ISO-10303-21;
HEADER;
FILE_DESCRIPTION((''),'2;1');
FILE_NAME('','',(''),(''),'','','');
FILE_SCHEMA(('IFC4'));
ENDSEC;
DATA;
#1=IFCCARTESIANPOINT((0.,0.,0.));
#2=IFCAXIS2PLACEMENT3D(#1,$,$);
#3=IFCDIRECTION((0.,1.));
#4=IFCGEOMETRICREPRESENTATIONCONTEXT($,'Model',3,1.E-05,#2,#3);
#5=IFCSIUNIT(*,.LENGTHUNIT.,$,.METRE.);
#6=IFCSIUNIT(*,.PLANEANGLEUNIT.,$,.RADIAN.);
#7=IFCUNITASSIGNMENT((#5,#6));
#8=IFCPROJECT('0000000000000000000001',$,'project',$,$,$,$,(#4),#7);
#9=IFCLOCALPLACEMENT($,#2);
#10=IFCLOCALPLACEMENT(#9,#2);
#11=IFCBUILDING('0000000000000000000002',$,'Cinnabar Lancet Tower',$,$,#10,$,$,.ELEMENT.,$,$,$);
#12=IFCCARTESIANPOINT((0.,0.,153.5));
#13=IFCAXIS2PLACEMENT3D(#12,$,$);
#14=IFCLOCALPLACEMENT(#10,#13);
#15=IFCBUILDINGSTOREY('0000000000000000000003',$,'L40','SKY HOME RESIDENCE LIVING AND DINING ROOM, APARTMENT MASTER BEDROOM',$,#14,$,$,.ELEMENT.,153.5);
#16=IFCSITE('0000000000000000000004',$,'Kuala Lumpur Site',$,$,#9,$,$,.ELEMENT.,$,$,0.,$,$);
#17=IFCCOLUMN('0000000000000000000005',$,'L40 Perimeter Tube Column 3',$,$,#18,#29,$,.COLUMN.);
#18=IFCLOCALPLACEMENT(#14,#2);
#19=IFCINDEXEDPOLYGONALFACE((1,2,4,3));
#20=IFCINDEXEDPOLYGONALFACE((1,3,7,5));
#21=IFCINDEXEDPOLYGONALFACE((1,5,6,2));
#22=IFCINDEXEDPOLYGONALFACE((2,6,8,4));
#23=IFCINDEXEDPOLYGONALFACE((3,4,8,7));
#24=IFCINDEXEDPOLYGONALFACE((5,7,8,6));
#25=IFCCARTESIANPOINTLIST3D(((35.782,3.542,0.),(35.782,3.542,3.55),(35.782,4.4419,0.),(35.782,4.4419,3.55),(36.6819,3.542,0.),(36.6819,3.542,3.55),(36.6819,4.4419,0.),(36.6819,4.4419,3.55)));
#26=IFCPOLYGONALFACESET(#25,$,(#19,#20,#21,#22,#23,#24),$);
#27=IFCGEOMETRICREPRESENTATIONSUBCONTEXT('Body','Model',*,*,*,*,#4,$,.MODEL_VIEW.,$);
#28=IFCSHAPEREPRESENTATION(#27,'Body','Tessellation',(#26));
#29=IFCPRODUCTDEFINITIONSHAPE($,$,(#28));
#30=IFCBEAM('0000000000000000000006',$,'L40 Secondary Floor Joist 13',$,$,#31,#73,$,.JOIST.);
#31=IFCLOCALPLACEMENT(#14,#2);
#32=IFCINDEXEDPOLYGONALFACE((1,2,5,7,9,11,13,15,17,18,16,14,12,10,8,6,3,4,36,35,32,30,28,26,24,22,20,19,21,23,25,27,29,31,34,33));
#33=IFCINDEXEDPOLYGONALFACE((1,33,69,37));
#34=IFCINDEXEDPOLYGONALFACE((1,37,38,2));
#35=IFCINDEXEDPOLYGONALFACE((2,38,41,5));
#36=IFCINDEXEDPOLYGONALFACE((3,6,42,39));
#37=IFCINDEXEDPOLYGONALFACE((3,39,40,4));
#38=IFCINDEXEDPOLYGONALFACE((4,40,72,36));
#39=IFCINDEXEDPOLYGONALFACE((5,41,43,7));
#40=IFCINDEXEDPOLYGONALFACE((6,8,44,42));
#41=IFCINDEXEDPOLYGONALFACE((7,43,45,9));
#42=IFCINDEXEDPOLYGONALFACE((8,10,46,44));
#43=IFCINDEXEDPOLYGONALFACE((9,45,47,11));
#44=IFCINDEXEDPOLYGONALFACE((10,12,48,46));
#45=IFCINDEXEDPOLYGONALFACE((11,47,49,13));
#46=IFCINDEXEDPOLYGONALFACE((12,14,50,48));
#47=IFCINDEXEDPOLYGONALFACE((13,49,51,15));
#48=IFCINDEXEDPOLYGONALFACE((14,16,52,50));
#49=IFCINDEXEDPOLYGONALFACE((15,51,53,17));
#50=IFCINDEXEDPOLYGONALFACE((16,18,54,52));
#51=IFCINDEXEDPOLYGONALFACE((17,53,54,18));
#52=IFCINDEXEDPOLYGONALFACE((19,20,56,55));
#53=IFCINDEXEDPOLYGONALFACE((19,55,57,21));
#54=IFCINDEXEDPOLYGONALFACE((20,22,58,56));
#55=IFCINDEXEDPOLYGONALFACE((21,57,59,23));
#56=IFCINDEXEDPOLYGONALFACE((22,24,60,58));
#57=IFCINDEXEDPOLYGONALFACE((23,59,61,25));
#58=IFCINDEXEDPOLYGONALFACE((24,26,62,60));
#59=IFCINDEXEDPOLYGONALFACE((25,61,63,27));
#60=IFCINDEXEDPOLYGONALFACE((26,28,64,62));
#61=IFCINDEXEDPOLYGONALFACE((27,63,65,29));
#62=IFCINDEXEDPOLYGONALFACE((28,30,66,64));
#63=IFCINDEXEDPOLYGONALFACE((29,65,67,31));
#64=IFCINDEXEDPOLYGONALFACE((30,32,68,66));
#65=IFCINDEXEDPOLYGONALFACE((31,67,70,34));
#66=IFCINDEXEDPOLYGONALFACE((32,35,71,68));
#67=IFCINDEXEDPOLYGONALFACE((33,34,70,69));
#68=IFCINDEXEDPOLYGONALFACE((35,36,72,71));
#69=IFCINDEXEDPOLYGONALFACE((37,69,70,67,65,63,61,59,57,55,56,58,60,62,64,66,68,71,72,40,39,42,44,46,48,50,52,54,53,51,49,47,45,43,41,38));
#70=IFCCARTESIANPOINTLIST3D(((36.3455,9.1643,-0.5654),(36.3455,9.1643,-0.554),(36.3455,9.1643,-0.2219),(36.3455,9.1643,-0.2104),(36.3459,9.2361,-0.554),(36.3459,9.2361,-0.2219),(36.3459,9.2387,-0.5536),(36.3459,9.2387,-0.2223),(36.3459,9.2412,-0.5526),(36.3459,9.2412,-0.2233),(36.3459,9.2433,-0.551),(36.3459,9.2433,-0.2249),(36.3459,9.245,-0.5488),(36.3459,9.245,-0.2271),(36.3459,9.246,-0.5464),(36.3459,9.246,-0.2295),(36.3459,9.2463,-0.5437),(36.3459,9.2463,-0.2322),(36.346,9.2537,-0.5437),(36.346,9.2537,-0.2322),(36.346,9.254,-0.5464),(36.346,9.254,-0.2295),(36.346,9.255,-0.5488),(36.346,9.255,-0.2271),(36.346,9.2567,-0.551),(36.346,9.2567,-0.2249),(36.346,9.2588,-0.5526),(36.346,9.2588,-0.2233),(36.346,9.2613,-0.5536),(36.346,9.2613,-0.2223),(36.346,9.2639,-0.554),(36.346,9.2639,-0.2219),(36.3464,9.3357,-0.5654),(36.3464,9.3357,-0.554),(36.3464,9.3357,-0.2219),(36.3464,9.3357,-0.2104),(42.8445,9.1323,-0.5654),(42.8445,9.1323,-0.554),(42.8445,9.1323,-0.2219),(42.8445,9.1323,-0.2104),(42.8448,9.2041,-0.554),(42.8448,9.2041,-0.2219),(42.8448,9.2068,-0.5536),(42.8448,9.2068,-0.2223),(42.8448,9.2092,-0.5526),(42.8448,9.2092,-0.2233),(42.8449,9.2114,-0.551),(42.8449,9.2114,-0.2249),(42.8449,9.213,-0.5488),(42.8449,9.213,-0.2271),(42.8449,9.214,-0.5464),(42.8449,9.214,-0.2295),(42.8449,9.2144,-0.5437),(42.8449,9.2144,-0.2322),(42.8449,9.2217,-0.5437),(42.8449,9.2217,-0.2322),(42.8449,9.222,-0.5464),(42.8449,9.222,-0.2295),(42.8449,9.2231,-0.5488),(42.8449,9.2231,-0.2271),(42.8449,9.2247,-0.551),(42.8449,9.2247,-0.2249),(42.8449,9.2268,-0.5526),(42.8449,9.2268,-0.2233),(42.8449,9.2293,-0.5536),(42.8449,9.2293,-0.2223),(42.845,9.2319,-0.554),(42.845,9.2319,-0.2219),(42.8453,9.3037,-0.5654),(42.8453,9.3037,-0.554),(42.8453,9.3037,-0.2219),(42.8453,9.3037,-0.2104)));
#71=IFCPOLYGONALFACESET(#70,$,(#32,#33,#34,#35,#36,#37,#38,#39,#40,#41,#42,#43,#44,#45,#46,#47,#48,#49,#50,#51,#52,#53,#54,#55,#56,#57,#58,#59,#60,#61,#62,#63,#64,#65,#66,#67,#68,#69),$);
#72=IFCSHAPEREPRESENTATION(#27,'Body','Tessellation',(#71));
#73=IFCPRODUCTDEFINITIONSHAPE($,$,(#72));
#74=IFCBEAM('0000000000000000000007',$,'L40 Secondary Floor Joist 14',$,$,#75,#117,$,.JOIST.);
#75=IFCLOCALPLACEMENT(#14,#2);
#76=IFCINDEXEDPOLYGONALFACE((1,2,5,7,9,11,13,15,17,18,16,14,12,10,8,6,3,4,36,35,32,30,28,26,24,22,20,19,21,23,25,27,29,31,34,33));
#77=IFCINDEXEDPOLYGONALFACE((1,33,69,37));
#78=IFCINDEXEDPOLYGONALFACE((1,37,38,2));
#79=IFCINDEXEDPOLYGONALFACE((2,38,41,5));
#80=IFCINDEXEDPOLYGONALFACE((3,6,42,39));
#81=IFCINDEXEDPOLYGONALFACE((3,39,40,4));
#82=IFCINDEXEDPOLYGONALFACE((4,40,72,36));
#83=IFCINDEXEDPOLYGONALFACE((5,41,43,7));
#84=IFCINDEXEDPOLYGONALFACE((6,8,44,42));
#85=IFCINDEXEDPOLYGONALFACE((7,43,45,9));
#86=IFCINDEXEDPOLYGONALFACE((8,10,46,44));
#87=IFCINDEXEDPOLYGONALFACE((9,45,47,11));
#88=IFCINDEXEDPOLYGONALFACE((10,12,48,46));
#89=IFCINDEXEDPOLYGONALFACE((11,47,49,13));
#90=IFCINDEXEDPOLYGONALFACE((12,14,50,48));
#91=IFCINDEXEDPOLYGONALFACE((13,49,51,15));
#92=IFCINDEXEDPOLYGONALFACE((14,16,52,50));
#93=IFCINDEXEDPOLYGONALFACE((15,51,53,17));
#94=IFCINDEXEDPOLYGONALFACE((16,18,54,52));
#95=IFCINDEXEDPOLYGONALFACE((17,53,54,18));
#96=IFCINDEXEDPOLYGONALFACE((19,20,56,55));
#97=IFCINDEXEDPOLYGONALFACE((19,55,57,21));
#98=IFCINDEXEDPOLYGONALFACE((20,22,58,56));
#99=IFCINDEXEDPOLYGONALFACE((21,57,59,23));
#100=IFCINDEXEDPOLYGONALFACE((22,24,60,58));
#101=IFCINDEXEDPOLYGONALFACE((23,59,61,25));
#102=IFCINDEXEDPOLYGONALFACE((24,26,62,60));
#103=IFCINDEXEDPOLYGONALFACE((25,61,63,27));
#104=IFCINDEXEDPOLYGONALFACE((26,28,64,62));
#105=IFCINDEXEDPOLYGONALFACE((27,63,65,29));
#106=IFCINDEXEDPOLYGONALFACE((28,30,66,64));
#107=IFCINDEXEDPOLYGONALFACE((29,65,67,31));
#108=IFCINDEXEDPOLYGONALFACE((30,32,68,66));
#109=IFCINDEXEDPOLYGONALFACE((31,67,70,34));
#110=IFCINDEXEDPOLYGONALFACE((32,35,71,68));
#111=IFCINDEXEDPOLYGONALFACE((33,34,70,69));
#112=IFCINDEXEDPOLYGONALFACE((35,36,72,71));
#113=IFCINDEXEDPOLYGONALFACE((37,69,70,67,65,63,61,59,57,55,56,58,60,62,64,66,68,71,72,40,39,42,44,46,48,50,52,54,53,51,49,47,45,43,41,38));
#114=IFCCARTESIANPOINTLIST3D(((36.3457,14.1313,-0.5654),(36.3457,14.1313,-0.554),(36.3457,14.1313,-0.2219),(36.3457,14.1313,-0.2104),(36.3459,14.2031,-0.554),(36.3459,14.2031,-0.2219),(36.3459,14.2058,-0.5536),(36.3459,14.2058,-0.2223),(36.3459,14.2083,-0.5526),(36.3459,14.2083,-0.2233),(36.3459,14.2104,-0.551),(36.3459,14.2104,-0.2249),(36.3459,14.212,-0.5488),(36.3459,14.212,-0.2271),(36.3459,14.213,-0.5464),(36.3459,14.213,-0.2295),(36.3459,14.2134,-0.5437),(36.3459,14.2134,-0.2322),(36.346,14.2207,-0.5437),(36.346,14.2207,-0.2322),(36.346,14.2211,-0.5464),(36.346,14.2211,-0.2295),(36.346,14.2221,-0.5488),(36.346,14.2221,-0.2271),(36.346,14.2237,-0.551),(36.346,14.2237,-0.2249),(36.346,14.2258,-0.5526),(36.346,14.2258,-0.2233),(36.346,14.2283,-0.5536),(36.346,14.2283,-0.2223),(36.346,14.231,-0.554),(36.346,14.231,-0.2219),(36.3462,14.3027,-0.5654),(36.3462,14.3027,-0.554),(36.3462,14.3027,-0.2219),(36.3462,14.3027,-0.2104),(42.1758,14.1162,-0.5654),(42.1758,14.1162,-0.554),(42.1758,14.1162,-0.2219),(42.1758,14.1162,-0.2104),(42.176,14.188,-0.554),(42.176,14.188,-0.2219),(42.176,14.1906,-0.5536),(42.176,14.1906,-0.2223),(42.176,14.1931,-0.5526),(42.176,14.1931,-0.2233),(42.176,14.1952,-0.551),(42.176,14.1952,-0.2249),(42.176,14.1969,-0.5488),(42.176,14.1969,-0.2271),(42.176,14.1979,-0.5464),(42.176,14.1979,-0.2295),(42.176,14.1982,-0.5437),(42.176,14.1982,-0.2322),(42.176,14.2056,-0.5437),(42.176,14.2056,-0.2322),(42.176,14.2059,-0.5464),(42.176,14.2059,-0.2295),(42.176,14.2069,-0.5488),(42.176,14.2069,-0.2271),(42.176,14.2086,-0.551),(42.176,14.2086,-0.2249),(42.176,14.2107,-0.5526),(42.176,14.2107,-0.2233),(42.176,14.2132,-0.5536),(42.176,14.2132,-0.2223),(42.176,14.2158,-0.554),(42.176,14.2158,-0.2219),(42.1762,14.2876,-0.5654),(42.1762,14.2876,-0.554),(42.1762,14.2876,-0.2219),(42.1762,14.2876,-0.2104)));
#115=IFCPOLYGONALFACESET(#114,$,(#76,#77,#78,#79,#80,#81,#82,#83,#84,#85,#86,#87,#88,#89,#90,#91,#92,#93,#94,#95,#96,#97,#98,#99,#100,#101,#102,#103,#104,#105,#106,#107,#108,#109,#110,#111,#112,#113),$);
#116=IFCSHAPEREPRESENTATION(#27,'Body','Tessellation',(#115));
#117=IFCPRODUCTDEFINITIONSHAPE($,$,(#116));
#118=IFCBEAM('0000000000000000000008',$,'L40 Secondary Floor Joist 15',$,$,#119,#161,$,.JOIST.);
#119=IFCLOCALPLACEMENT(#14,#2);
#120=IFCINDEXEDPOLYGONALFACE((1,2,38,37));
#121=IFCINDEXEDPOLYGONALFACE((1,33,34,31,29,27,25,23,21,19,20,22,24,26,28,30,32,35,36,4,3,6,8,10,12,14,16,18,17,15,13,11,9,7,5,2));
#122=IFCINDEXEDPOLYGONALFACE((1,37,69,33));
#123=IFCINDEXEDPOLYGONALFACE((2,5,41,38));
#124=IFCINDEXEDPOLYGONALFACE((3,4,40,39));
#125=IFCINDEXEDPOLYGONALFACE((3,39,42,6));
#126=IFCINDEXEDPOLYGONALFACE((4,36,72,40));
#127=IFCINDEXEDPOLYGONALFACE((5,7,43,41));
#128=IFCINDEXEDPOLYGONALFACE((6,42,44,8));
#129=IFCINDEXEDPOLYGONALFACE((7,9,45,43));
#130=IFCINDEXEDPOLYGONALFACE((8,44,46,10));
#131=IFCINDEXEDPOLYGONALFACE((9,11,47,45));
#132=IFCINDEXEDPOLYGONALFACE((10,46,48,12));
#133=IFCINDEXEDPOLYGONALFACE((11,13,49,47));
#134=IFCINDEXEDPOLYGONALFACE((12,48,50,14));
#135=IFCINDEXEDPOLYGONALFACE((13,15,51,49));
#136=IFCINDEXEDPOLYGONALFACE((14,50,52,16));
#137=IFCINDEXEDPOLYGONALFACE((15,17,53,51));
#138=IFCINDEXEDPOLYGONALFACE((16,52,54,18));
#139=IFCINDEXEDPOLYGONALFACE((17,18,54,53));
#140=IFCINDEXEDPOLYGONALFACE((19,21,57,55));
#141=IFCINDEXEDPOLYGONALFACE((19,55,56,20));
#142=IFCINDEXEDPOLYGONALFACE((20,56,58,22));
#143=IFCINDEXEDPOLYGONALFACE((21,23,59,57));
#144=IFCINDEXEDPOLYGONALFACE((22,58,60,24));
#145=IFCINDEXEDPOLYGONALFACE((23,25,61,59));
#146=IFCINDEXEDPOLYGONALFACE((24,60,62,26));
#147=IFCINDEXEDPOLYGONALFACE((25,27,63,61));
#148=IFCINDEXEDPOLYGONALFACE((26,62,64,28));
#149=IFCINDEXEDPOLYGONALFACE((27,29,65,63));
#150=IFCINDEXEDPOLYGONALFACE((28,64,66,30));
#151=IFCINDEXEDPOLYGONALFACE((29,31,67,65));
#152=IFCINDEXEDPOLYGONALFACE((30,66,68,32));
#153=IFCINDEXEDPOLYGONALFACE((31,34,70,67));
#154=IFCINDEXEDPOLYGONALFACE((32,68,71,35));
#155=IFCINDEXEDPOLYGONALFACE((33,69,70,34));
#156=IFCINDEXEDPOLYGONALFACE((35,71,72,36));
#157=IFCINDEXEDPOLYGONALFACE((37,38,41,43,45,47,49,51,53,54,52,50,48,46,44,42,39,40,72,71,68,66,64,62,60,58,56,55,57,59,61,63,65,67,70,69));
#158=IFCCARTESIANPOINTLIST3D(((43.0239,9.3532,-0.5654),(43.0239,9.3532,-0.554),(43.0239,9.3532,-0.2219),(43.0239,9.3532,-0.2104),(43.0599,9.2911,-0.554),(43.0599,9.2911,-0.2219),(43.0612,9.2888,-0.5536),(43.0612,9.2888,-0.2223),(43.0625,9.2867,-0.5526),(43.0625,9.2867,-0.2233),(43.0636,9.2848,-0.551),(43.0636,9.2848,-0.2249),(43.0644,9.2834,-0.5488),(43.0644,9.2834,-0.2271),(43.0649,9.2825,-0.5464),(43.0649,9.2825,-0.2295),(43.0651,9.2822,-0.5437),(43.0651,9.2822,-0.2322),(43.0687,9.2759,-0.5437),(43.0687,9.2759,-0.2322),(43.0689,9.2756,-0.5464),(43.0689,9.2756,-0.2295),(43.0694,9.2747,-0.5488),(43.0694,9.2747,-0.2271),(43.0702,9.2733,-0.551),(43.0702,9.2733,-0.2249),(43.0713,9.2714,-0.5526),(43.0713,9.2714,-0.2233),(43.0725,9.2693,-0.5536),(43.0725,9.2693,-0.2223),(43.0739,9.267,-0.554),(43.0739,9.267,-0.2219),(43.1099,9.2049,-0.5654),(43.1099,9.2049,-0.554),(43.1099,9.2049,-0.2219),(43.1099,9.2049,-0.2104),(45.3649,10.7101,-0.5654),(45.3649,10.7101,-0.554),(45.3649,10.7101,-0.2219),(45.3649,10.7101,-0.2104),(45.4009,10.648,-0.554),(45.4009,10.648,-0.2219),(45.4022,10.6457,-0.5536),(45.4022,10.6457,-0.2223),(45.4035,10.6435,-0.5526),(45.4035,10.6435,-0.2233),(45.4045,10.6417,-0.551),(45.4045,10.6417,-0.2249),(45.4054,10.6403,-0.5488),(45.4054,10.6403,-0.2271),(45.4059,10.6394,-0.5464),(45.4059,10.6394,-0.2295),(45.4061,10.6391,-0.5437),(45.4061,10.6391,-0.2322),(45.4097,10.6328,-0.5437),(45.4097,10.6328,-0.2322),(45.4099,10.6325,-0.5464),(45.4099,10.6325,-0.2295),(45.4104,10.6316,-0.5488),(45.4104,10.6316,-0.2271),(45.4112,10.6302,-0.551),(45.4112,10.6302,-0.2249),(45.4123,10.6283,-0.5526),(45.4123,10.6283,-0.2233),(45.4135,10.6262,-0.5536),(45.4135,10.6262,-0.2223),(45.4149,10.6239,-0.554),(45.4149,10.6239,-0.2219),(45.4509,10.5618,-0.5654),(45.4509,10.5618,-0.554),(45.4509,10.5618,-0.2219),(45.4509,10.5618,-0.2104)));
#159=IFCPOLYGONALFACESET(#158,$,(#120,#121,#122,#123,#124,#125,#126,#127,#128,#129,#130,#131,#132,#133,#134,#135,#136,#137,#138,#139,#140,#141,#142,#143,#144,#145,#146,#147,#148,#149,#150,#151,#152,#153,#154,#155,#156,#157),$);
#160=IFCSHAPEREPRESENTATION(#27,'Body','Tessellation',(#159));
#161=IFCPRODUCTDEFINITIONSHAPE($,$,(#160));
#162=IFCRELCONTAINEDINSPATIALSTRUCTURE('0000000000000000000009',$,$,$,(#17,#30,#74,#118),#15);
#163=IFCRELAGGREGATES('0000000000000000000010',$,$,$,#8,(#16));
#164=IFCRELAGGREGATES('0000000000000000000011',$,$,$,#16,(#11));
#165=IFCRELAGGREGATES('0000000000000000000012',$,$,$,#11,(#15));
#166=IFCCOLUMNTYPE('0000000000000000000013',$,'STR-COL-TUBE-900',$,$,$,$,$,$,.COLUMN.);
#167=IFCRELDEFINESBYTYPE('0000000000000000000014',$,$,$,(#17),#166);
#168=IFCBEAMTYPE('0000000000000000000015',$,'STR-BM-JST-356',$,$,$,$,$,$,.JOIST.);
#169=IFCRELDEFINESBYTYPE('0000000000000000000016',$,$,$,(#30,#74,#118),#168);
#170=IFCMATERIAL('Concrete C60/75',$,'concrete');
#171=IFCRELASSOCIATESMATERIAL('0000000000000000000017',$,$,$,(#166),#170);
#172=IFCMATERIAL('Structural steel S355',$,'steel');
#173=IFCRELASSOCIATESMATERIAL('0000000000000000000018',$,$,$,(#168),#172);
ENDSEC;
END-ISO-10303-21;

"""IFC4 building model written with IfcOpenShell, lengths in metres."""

from ifc_helpers import new_model, si_unit, direction, frame, origin, origin_2d, place, context, subcontext, project, spatial, rectangle, i_section, extrude, material, material_profile, profile_set, type_object, element, save


model = new_model("IFC4")

# Units and contexts
model_context = context("Model", 3, precision=1e-05, world=origin(), true_north=direction((0.0, 1.0)))
body_context = subcontext(model_context, "Body", "Model", "MODEL_VIEW")
ifc_project = project(units=[si_unit("LENGTHUNIT", "METRE"), si_unit("PLANEANGLEUNIT", "RADIAN")], contexts=[model_context])

# Site, building, storey
site_placement = place(None, origin())
site = spatial("IfcSite", under=ifc_project, at=site_placement, Name="Kuala Lumpur Site", CompositionType="ELEMENT", RefElevation=0.0)
building_placement = place(site_placement, origin())
building = spatial("IfcBuilding", under=site, at=building_placement, Name="Cinnabar Lancet Tower", CompositionType="ELEMENT")
storey_placement = place(building_placement, frame((0.0, 0.0, 153.5)))
storey = spatial("IfcBuildingStorey", under=building, at=storey_placement, Name="L40", Description="SKY HOME RESIDENCE LIVING AND DINING ROOM, APARTMENT MASTER BEDROOM", CompositionType="ELEMENT", Elevation=153.5)

# Column
ifc_material_1 = material(Name="Concrete C60/75", Category="concrete")
ifc_material_profile_1 = material_profile(ifc_material_1, rectangle(XDim=0.8999, YDim=0.8999, at=origin_2d()), Name="RC-COL 900x900")
ifc_profile_set_1 = profile_set([ifc_material_profile_1], Name="Concrete C60/75")
column_type = type_object("IfcColumnType", Name="STR-COL-TUBE-900", PredefinedType="COLUMN", material=ifc_profile_set_1)
column_placement = place(storey_placement, frame((36.2319, 3.9919, 0.0), z_axis=(0.0, 0.0, 1.0), x_axis=(1.0, 0.0, 0.0)))
element("IfcColumn", 1, at=column_placement, inside=storey, type_object=column_type, Name="L40 Perimeter Tube Column 3", PredefinedType="COLUMN", context=body_context, shape_type="SweptSolid", body=[
    extrude(rectangle(XDim=0.8999, YDim=0.8999, at=origin_2d()), origin(), (0.0, 0.0, 1.0), 3.55),
])

# Beams
ifc_material_2 = material(Name="Structural steel S355", Category="steel")
ifc_material_profile_2 = material_profile(ifc_material_2, i_section(OverallWidth=0.1714, OverallDepth=0.355, WebThickness=0.0073, FlangeThickness=0.0115, FilletRadius=0.0103, at=origin_2d()), Name="UKB 356x171x51")
ifc_profile_set_2 = profile_set([ifc_material_profile_2], Name="Structural steel S355")
beam_type_1 = type_object("IfcBeamType", Name="STR-BM-JST-356", PredefinedType="JOIST", material=ifc_profile_set_2)
beam_1_placement = place(storey_placement, frame((36.3459, 9.25, -0.3879), z_axis=(0.999988, -0.004921, 0.0), x_axis=(0.004921, 0.999988, 0.0)))
element("IfcBeam", 2, at=beam_1_placement, inside=storey, type_object=beam_type_1, Name="L40 Secondary Floor Joist 13", PredefinedType="JOIST", context=body_context, shape_type="SweptSolid", body=[
    extrude(i_section(OverallWidth=0.1714, OverallDepth=0.355, WebThickness=0.0073, FlangeThickness=0.0115, FilletRadius=0.0103, at=origin_2d()), origin(), (0.0, 0.0, 1.0), 6.499),
])
beam_2_placement = place(storey_placement, frame((36.3459, 14.217, -0.3879), z_axis=(0.999997, -0.002596, 0.0), x_axis=(0.002596, 0.999997, 0.0)))
element("IfcBeam", 3, at=beam_2_placement, inside=storey, type_object=beam_type_1, Name="L40 Secondary Floor Joist 14", PredefinedType="JOIST", context=body_context, shape_type="SweptSolid", body=[
    extrude(i_section(OverallWidth=0.1714, OverallDepth=0.355, WebThickness=0.0073, FlangeThickness=0.0115, FilletRadius=0.0103, at=origin_2d()), origin(), (0.0, 0.0, 1.0), 5.8301),
])
beam_3_placement = place(storey_placement, frame((43.0669, 9.2791, -0.3879), z_axis=(0.865173, 0.501474, 0.0), x_axis=(-0.501474, 0.865173, 0.0)))
element("IfcBeam", 4, at=beam_3_placement, inside=storey, type_object=beam_type_1, Name="L40 Secondary Floor Joist 15", PredefinedType="JOIST", context=body_context, shape_type="SweptSolid", body=[
    extrude(i_section(OverallWidth=0.1714, OverallDepth=0.355, WebThickness=0.0073, FlangeThickness=0.0115, FilletRadius=0.0103, at=origin_2d()), origin(), (0.0, 0.0, 1.0), 2.7058),
])

save(model, "model.ifc")
